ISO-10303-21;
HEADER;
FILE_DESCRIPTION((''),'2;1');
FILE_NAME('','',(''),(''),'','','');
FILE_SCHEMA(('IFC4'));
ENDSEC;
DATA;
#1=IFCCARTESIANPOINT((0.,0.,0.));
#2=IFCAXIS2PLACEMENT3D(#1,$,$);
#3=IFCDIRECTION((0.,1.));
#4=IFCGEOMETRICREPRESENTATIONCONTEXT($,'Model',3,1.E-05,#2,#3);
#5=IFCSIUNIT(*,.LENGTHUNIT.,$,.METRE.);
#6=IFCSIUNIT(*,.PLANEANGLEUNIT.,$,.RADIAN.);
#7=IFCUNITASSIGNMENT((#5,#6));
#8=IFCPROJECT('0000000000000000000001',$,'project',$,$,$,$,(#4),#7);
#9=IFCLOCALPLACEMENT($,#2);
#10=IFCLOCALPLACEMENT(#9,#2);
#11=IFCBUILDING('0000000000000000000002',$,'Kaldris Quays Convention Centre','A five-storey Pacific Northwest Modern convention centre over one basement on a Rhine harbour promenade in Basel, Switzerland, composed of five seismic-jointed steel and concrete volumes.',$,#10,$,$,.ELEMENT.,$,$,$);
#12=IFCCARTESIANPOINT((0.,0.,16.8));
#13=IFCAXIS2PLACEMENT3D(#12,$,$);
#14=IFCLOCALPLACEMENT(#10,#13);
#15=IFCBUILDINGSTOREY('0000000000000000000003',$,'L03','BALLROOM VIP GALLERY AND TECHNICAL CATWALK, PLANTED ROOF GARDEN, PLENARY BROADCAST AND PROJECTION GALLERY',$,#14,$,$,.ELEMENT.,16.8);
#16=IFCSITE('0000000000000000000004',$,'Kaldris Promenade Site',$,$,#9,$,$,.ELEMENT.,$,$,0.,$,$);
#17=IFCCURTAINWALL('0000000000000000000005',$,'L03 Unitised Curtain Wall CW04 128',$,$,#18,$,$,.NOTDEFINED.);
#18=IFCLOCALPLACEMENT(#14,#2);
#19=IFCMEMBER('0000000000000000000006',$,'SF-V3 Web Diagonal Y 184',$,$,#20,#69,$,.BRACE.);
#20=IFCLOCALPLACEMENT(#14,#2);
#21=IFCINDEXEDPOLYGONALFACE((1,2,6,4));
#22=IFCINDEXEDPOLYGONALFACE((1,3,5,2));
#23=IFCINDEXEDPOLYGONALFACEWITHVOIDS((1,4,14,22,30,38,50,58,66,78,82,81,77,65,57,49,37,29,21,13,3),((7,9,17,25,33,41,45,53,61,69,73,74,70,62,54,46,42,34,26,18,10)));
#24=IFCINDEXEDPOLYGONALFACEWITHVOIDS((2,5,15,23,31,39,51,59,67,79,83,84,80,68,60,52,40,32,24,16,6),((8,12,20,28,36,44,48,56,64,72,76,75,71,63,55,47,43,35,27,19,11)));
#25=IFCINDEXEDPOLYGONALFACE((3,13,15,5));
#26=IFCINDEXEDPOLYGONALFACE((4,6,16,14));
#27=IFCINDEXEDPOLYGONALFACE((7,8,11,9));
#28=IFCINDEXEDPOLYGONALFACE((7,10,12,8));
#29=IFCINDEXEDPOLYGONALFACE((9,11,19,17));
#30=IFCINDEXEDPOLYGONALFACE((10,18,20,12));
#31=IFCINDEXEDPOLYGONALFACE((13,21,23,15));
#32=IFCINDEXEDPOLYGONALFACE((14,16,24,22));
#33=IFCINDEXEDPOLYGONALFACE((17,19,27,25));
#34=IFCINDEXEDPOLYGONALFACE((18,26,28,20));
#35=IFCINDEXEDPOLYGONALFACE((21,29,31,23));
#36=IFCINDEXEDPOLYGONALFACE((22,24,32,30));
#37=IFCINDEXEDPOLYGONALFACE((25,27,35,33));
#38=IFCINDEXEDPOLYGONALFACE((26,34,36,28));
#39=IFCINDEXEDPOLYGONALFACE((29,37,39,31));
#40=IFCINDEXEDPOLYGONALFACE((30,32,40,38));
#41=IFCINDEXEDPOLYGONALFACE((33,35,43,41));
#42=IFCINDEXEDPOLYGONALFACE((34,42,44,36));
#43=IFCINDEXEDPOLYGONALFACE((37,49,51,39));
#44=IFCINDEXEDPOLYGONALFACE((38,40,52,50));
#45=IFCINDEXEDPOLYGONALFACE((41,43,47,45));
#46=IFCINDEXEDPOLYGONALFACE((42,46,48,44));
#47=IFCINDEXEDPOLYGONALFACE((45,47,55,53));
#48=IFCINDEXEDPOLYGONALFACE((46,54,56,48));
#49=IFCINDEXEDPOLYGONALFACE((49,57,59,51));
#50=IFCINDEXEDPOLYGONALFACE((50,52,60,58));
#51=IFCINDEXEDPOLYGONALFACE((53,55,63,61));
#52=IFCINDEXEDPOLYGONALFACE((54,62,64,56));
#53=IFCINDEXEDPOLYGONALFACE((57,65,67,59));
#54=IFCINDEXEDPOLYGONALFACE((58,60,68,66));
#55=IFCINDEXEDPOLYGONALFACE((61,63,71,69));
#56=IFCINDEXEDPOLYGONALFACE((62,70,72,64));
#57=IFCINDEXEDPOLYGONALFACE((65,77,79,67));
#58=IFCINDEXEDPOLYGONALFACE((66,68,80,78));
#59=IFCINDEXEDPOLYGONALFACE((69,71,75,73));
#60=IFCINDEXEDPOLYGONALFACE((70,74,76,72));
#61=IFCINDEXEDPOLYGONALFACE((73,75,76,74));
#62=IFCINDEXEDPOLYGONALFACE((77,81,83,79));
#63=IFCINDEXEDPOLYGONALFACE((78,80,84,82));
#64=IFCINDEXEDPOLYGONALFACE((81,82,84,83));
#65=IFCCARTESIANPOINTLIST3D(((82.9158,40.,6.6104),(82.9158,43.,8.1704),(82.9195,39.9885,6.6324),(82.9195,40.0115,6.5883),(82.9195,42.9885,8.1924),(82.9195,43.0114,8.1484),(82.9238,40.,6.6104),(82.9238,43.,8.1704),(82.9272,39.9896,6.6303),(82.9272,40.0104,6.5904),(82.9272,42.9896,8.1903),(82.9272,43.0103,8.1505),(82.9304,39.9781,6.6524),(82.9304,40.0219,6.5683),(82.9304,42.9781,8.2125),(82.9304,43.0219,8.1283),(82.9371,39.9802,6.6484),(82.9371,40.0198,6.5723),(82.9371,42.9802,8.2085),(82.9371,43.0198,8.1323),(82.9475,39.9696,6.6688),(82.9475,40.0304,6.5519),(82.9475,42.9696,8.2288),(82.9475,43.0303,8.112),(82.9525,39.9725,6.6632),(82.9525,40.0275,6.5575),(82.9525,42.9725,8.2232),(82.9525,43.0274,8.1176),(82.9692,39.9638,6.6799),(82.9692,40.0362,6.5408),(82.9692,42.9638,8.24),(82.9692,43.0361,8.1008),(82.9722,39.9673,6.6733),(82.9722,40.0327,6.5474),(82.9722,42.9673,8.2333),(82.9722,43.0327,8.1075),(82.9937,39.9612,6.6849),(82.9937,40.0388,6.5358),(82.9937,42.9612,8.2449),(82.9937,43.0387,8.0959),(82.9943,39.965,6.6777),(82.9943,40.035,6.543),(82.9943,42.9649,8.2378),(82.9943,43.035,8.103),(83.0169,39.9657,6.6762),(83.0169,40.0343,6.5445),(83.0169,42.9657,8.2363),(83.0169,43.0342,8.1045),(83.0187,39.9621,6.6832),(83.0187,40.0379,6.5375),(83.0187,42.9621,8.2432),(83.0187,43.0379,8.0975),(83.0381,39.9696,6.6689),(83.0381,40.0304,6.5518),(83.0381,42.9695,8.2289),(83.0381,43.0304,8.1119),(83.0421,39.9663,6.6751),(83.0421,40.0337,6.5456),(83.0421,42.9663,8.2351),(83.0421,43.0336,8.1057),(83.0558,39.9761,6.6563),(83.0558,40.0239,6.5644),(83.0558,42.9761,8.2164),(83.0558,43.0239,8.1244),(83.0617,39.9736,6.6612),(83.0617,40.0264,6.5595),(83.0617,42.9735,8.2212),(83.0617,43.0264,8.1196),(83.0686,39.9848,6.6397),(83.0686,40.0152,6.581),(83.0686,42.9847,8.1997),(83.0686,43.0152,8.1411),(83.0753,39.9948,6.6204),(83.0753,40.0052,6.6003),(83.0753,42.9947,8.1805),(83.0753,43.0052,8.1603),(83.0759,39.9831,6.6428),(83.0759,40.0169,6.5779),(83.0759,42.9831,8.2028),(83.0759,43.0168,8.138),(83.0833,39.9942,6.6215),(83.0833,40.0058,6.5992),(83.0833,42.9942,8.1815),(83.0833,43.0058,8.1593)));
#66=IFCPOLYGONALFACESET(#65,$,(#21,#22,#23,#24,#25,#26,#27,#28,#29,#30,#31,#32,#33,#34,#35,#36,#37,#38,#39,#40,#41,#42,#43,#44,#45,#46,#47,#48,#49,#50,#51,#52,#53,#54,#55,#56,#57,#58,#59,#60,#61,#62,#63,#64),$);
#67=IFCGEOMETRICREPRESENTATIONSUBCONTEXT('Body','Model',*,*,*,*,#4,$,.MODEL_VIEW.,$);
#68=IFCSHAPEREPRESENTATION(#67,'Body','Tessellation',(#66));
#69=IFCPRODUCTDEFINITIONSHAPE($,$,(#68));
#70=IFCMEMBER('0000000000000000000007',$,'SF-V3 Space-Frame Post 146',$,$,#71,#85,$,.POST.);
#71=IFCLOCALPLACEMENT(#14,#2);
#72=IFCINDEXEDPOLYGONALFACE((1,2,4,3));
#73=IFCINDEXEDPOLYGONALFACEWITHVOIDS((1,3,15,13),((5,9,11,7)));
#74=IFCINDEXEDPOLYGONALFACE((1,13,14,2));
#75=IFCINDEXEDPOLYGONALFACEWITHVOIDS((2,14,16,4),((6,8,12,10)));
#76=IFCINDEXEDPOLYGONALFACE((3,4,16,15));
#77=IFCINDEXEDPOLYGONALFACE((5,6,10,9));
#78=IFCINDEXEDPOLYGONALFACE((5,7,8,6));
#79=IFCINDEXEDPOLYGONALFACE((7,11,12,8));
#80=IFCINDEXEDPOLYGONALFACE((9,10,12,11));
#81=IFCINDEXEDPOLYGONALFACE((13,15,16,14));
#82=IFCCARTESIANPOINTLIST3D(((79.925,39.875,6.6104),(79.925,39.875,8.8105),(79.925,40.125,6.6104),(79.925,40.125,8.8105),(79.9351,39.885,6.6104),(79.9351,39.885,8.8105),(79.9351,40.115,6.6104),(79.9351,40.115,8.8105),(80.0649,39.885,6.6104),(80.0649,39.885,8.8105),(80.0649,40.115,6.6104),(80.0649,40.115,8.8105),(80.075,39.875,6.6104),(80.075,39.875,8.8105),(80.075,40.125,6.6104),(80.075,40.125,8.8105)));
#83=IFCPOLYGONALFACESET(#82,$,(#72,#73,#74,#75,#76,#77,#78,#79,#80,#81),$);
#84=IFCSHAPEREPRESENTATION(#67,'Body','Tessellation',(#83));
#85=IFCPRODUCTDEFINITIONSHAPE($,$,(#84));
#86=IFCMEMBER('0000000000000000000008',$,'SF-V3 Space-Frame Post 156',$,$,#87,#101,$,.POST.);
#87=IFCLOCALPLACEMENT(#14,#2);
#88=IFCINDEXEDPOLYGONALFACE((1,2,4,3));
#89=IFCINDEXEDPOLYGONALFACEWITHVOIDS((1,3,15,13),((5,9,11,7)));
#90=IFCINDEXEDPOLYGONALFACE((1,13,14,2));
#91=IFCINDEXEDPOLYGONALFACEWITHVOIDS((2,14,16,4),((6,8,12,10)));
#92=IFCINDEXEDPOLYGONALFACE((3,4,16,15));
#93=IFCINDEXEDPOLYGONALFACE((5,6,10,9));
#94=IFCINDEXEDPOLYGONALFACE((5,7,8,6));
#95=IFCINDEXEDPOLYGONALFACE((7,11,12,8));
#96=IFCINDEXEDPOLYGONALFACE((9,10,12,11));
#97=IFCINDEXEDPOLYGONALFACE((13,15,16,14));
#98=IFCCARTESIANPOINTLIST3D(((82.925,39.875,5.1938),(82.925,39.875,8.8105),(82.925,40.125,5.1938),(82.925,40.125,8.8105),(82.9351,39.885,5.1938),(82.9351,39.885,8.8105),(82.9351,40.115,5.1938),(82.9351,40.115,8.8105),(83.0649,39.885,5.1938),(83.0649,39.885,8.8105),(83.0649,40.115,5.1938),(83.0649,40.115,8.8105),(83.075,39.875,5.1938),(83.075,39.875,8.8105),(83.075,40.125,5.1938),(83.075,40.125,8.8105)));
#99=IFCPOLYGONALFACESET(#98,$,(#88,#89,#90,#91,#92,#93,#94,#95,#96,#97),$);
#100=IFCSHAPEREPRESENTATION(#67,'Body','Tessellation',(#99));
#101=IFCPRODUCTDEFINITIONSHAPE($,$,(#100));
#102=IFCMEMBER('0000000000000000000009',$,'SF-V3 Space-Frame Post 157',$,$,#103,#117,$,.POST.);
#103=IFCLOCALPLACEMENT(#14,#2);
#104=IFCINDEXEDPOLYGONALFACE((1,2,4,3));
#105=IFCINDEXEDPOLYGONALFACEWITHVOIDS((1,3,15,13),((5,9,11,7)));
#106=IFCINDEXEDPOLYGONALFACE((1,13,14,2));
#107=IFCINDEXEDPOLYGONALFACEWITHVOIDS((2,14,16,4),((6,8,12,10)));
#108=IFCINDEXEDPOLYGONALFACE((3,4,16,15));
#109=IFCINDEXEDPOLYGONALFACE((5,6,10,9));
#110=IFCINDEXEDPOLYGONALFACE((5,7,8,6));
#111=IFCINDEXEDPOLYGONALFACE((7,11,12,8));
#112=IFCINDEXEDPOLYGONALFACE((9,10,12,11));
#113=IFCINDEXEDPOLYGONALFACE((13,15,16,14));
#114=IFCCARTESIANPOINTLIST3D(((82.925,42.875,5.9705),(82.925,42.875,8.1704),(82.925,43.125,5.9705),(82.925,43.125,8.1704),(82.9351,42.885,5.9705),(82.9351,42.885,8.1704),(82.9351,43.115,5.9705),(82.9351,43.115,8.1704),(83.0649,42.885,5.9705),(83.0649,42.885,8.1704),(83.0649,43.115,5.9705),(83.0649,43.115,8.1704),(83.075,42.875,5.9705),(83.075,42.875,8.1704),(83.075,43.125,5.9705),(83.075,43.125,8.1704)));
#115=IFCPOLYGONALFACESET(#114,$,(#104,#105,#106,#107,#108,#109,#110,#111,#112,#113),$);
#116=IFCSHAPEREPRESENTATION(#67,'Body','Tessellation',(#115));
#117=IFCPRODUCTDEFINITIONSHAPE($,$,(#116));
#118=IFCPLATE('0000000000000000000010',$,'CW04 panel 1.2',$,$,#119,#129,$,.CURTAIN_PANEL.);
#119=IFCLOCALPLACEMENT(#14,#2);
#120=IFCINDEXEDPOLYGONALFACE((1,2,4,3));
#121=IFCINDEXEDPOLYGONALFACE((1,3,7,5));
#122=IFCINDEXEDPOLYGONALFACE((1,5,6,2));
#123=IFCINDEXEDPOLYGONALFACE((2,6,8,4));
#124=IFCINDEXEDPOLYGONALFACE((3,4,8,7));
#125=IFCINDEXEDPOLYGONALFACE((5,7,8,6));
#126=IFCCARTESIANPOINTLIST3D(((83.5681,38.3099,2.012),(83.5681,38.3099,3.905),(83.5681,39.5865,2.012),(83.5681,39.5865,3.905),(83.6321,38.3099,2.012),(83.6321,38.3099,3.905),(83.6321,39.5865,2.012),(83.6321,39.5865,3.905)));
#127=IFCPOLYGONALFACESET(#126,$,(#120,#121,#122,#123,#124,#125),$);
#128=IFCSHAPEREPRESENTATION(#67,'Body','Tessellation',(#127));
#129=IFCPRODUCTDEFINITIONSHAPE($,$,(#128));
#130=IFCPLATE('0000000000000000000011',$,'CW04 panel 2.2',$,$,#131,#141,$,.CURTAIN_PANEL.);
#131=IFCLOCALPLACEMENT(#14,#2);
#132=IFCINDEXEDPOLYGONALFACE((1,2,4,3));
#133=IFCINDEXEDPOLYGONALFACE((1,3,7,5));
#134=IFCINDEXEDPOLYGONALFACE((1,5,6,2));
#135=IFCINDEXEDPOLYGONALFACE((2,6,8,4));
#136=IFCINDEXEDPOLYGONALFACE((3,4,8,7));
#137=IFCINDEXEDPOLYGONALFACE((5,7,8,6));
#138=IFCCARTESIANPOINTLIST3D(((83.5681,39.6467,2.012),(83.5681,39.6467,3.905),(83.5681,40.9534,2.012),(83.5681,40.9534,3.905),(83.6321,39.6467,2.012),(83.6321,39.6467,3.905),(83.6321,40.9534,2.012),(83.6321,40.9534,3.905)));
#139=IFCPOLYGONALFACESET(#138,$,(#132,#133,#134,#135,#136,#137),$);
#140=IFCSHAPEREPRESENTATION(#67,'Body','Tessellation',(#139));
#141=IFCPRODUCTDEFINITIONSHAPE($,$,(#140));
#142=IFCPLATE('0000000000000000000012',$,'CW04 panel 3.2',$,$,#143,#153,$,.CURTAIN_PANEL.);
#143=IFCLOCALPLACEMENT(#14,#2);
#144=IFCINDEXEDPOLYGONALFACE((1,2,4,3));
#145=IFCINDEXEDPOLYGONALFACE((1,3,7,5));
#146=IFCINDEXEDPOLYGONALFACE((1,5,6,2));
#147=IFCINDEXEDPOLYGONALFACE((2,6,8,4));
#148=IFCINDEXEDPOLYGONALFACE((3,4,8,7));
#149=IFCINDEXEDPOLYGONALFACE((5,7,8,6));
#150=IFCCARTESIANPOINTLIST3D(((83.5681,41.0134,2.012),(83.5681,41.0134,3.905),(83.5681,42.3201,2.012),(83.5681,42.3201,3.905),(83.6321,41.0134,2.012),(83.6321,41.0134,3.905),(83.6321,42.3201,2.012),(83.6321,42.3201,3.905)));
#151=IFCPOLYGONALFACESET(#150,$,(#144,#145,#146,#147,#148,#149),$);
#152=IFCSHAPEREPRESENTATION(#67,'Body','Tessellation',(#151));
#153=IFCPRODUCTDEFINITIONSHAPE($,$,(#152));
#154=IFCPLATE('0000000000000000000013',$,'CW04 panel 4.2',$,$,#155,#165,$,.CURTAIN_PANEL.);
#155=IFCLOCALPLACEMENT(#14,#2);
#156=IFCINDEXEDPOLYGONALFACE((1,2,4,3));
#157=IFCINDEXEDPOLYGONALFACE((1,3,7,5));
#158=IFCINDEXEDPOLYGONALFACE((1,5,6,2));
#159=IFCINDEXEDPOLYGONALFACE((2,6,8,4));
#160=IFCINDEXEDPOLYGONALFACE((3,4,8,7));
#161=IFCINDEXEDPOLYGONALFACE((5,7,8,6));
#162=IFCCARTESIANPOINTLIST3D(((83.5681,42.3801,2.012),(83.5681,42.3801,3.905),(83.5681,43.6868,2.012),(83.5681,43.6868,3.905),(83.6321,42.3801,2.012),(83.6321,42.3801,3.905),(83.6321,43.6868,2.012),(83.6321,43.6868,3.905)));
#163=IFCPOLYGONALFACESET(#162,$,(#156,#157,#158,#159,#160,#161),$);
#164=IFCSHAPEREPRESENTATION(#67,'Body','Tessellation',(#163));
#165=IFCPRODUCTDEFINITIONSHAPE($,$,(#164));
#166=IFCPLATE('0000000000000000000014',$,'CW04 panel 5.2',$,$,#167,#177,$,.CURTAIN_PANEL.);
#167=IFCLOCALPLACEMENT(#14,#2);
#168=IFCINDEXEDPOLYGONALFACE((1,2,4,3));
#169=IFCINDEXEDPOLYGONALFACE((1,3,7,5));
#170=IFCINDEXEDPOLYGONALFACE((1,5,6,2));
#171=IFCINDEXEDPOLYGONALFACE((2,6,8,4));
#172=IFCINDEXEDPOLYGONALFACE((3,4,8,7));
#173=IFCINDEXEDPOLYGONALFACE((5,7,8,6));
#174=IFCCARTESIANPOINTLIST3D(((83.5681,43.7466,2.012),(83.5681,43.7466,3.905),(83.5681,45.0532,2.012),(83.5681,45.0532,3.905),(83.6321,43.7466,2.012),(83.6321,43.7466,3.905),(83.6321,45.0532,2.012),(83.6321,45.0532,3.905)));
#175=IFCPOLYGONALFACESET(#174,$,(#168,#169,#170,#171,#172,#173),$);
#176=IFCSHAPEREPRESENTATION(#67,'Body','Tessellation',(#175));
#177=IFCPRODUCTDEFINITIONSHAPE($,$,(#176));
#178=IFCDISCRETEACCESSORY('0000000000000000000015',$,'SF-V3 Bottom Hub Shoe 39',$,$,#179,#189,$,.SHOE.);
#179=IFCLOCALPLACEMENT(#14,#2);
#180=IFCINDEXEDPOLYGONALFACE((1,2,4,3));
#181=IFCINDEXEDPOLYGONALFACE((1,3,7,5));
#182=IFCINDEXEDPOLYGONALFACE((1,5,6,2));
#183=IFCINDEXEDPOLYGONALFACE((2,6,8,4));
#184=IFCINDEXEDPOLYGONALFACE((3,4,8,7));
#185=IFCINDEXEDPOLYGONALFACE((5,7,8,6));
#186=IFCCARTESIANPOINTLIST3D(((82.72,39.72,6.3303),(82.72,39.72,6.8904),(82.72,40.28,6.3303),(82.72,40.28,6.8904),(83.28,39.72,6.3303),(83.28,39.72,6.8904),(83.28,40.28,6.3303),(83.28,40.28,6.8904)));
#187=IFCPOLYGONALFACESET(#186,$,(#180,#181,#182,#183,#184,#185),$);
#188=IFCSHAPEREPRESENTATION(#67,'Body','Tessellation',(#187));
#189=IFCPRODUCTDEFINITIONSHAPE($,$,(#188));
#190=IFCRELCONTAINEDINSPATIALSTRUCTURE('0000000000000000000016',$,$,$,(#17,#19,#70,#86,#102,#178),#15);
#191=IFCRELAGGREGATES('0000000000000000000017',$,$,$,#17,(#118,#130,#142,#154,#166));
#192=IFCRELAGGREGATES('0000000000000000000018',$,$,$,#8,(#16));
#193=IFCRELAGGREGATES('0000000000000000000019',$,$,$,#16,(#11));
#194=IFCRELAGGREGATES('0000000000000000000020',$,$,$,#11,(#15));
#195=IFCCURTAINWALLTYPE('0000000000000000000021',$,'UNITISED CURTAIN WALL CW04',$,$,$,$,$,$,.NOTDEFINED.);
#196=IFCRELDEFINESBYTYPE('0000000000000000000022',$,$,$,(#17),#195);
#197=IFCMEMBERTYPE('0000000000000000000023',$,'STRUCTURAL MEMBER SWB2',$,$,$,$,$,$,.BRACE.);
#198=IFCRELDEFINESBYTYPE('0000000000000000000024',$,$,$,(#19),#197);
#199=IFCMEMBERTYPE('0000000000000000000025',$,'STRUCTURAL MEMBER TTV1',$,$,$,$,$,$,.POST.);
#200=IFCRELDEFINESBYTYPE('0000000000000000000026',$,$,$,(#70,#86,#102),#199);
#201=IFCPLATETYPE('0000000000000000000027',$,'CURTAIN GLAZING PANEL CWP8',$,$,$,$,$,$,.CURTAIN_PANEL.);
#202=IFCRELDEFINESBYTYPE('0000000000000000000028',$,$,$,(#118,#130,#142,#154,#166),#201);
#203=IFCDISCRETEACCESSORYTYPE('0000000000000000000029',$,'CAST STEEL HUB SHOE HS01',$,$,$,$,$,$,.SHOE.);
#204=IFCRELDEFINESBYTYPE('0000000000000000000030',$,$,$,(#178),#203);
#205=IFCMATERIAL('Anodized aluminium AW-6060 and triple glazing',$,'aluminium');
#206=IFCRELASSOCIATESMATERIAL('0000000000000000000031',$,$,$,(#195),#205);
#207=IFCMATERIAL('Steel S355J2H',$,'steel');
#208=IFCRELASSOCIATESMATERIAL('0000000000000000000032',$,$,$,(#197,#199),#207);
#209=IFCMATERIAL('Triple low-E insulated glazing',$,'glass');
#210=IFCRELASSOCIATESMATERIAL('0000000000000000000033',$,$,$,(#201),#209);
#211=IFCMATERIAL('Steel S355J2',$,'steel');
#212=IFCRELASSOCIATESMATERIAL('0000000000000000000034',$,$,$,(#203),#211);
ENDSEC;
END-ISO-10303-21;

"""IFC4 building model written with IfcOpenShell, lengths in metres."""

from ifc_helpers import new_model, si_unit, direction, frame, origin, origin_2d, place, context, subcontext, project, spatial, rectangle, hollow_rectangle, hollow_circle, extrude, material, material_profile, profile_set, type_object, element, aggregate, save


model = new_model("IFC4")

# Units and contexts
model_context = context("Model", 3, precision=1e-05, world=origin(), true_north=direction((0.0, 1.0)))
body_context = subcontext(model_context, "Body", "Model", "MODEL_VIEW")
ifc_project = project(units=[si_unit("LENGTHUNIT", "METRE"), si_unit("PLANEANGLEUNIT", "RADIAN")], contexts=[model_context])

# Site, building, storey
site_placement = place(None, origin())
site = spatial("IfcSite", under=ifc_project, at=site_placement, Name="Kaldris Promenade Site", CompositionType="ELEMENT", RefElevation=0.0)
building_placement = place(site_placement, origin())
building = spatial("IfcBuilding", under=site, at=building_placement, Name="Kaldris Quays Convention Centre", Description="A five-storey Pacific Northwest Modern convention centre over one basement on a Rhine harbour promenade in Basel, Switzerland, composed of five seismic-jointed steel and concrete volumes.", CompositionType="ELEMENT")
storey_placement = place(building_placement, frame((0.0, 0.0, 16.8)))
storey = spatial("IfcBuildingStorey", under=building, at=storey_placement, Name="L03", Description="BALLROOM VIP GALLERY AND TECHNICAL CATWALK, PLANTED ROOF GARDEN, PLENARY BROADCAST AND PROJECTION GALLERY", CompositionType="ELEMENT", Elevation=16.8)

# Curtain wall
ifc_material_1 = material(Name="Anodized aluminium AW-6060 and triple glazing", Category="aluminium")
curtain_wall_type = type_object("IfcCurtainWallType", Name="UNITISED CURTAIN WALL CW04", PredefinedType="NOTDEFINED", material=ifc_material_1)
curtain_wall_placement = place(storey_placement, origin())
curtain_wall = element("IfcCurtainWall", 1, at=curtain_wall_placement, inside=storey, type_object=curtain_wall_type, Name="L03 Unitised Curtain Wall CW04 128", PredefinedType="NOTDEFINED")

# Shared definitions
ifc_material_2 = material(Name="Steel S355J2", Category="steel")

# Members
ifc_material_3 = material(Name="Steel S355J2H", Category="steel")
ifc_material_profile_1 = material_profile(ifc_material_3, hollow_circle(Radius=0.0842, WallThickness=0.0081, at=origin_2d()), Name="CHS 168.3x8")
ifc_profile_set_1 = profile_set([ifc_material_profile_1], Name="Steel S355J2H")
member_type_1 = type_object("IfcMemberType", Name="STRUCTURAL MEMBER SWB2", PredefinedType="BRACE", material=ifc_profile_set_1)
member_1_placement = place(storey_placement, frame((83.0, 40.0, 6.6104), z_axis=(0.0, 0.88721, 0.461366), x_axis=(-1.0, 0.0, 0.0)))
element("IfcMember", 2, at=member_1_placement, inside=storey, type_object=member_type_1, Name="SF-V3 Web Diagonal Y 184", PredefinedType="BRACE", context=body_context, shape_type="SweptSolid", body=[
    extrude(hollow_circle(Radius=0.0842, WallThickness=0.0081, at=origin_2d()), origin(), (0.0, 0.0, 1.0), 3.3813),
])
ifc_material_profile_2 = material_profile(ifc_material_3, hollow_rectangle(XDim=0.1499, YDim=0.25, WallThickness=0.01, at=origin_2d()), Name="RHS 250x150x10")
ifc_profile_set_2 = profile_set([ifc_material_profile_2], Name="Steel S355J2H")
member_type_2 = type_object("IfcMemberType", Name="STRUCTURAL MEMBER TTV1", PredefinedType="POST", material=ifc_profile_set_2)
member_2_placement = place(storey_placement, frame((80.0, 40.0, 6.6104), z_axis=(0.0, 0.0, 1.0), x_axis=(1.0, 0.0, 0.0)))
element("IfcMember", 3, at=member_2_placement, inside=storey, type_object=member_type_2, Name="SF-V3 Space-Frame Post 146", PredefinedType="POST", context=body_context, shape_type="SweptSolid", body=[
    extrude(hollow_rectangle(XDim=0.1499, YDim=0.25, WallThickness=0.01, at=origin_2d()), origin(), (0.0, 0.0, 1.0), 2.2002),
])
member_3_placement = place(storey_placement, frame((83.0, 40.0, 5.1938), z_axis=(0.0, 0.0, 1.0), x_axis=(1.0, 0.0, 0.0)))
element("IfcMember", 4, at=member_3_placement, inside=storey, type_object=member_type_2, Name="SF-V3 Space-Frame Post 156", PredefinedType="POST", context=body_context, shape_type="SweptSolid", body=[
    extrude(hollow_rectangle(XDim=0.1499, YDim=0.25, WallThickness=0.01, at=origin_2d()), origin(), (0.0, 0.0, 1.0), 3.6167),
])
member_4_placement = place(storey_placement, frame((83.0, 43.0, 5.9705), z_axis=(0.0, 0.0, 1.0), x_axis=(1.0, 0.0, 0.0)))
element("IfcMember", 5, at=member_4_placement, inside=storey, type_object=member_type_2, Name="SF-V3 Space-Frame Post 157", PredefinedType="POST", context=body_context, shape_type="SweptSolid", body=[
    extrude(hollow_rectangle(XDim=0.1499, YDim=0.25, WallThickness=0.01, at=origin_2d()), origin(), (0.0, 0.0, 1.0), 2.2),
])

# Plates
ifc_material_4 = material(Name="Triple low-E insulated glazing", Category="glass")
plate_type = type_object("IfcPlateType", Name="CURTAIN GLAZING PANEL CWP8", PredefinedType="CURTAIN_PANEL", material=ifc_material_4)
plate_1_placement = place(storey_placement, frame((83.6001, 38.9482, 2.012), z_axis=(0.0, 0.0, 1.0), x_axis=(0.0, 1.0, 0.0)))
plate_1 = element("IfcPlate", 6, at=plate_1_placement, type_object=plate_type, Name="CW04 panel 1.2", PredefinedType="CURTAIN_PANEL", context=body_context, shape_type="SweptSolid", body=[
    extrude(rectangle(XDim=1.2766, YDim=0.064, at=origin_2d()), origin(), (0.0, 0.0, 1.0), 1.8931),
])
plate_2_placement = place(storey_placement, frame((83.6001, 40.3, 2.012), z_axis=(0.0, 0.0, 1.0), x_axis=(0.0, 1.0, 0.0)))
plate_2 = element("IfcPlate", 7, at=plate_2_placement, type_object=plate_type, Name="CW04 panel 2.2", PredefinedType="CURTAIN_PANEL", context=body_context, shape_type="SweptSolid", body=[
    extrude(rectangle(XDim=1.3066, YDim=0.064, at=origin_2d()), origin(), (0.0, 0.0, 1.0), 1.8931),
])
plate_3_placement = place(storey_placement, frame((83.6001, 41.6667, 2.012), z_axis=(0.0, 0.0, 1.0), x_axis=(0.0, 1.0, 0.0)))
plate_3 = element("IfcPlate", 8, at=plate_3_placement, type_object=plate_type, Name="CW04 panel 3.2", PredefinedType="CURTAIN_PANEL", context=body_context, shape_type="SweptSolid", body=[
    extrude(rectangle(XDim=1.3066, YDim=0.064, at=origin_2d()), origin(), (0.0, 0.0, 1.0), 1.8931),
])
plate_4_placement = place(storey_placement, frame((83.6001, 43.0334, 2.012), z_axis=(0.0, 0.0, 1.0), x_axis=(0.0, 1.0, 0.0)))
plate_4 = element("IfcPlate", 9, at=plate_4_placement, type_object=plate_type, Name="CW04 panel 4.2", PredefinedType="CURTAIN_PANEL", context=body_context, shape_type="SweptSolid", body=[
    extrude(rectangle(XDim=1.3066, YDim=0.064, at=origin_2d()), origin(), (0.0, 0.0, 1.0), 1.8931),
])
plate_5_placement = place(storey_placement, frame((83.6001, 44.3999, 2.012), z_axis=(0.0, 0.0, 1.0), x_axis=(0.0, 1.0, 0.0)))
plate_5 = element("IfcPlate", 10, at=plate_5_placement, type_object=plate_type, Name="CW04 panel 5.2", PredefinedType="CURTAIN_PANEL", context=body_context, shape_type="SweptSolid", body=[
    extrude(rectangle(XDim=1.3066, YDim=0.064, at=origin_2d()), origin(), (0.0, 0.0, 1.0), 1.8931),
])
aggregate(curtain_wall, [plate_1, plate_2, plate_3, plate_4, plate_5])

# Discrete accessory
discrete_accessory_type = type_object("IfcDiscreteAccessoryType", Name="CAST STEEL HUB SHOE HS01", PredefinedType="SHOE", material=ifc_material_2)
discrete_accessory_placement = place(storey_placement, frame((83.0, 40.0, 6.3303), z_axis=(0.0, 0.0, 1.0), x_axis=(1.0, 0.0, 0.0)))
element("IfcDiscreteAccessory", 11, at=discrete_accessory_placement, inside=storey, type_object=discrete_accessory_type, Name="SF-V3 Bottom Hub Shoe 39", PredefinedType="SHOE", context=body_context, shape_type="SweptSolid", body=[
    extrude(rectangle(XDim=0.5601, YDim=0.5601, at=origin_2d()), origin(), (0.0, 0.0, 1.0), 0.5601),
])

save(model, "model.ifc")
